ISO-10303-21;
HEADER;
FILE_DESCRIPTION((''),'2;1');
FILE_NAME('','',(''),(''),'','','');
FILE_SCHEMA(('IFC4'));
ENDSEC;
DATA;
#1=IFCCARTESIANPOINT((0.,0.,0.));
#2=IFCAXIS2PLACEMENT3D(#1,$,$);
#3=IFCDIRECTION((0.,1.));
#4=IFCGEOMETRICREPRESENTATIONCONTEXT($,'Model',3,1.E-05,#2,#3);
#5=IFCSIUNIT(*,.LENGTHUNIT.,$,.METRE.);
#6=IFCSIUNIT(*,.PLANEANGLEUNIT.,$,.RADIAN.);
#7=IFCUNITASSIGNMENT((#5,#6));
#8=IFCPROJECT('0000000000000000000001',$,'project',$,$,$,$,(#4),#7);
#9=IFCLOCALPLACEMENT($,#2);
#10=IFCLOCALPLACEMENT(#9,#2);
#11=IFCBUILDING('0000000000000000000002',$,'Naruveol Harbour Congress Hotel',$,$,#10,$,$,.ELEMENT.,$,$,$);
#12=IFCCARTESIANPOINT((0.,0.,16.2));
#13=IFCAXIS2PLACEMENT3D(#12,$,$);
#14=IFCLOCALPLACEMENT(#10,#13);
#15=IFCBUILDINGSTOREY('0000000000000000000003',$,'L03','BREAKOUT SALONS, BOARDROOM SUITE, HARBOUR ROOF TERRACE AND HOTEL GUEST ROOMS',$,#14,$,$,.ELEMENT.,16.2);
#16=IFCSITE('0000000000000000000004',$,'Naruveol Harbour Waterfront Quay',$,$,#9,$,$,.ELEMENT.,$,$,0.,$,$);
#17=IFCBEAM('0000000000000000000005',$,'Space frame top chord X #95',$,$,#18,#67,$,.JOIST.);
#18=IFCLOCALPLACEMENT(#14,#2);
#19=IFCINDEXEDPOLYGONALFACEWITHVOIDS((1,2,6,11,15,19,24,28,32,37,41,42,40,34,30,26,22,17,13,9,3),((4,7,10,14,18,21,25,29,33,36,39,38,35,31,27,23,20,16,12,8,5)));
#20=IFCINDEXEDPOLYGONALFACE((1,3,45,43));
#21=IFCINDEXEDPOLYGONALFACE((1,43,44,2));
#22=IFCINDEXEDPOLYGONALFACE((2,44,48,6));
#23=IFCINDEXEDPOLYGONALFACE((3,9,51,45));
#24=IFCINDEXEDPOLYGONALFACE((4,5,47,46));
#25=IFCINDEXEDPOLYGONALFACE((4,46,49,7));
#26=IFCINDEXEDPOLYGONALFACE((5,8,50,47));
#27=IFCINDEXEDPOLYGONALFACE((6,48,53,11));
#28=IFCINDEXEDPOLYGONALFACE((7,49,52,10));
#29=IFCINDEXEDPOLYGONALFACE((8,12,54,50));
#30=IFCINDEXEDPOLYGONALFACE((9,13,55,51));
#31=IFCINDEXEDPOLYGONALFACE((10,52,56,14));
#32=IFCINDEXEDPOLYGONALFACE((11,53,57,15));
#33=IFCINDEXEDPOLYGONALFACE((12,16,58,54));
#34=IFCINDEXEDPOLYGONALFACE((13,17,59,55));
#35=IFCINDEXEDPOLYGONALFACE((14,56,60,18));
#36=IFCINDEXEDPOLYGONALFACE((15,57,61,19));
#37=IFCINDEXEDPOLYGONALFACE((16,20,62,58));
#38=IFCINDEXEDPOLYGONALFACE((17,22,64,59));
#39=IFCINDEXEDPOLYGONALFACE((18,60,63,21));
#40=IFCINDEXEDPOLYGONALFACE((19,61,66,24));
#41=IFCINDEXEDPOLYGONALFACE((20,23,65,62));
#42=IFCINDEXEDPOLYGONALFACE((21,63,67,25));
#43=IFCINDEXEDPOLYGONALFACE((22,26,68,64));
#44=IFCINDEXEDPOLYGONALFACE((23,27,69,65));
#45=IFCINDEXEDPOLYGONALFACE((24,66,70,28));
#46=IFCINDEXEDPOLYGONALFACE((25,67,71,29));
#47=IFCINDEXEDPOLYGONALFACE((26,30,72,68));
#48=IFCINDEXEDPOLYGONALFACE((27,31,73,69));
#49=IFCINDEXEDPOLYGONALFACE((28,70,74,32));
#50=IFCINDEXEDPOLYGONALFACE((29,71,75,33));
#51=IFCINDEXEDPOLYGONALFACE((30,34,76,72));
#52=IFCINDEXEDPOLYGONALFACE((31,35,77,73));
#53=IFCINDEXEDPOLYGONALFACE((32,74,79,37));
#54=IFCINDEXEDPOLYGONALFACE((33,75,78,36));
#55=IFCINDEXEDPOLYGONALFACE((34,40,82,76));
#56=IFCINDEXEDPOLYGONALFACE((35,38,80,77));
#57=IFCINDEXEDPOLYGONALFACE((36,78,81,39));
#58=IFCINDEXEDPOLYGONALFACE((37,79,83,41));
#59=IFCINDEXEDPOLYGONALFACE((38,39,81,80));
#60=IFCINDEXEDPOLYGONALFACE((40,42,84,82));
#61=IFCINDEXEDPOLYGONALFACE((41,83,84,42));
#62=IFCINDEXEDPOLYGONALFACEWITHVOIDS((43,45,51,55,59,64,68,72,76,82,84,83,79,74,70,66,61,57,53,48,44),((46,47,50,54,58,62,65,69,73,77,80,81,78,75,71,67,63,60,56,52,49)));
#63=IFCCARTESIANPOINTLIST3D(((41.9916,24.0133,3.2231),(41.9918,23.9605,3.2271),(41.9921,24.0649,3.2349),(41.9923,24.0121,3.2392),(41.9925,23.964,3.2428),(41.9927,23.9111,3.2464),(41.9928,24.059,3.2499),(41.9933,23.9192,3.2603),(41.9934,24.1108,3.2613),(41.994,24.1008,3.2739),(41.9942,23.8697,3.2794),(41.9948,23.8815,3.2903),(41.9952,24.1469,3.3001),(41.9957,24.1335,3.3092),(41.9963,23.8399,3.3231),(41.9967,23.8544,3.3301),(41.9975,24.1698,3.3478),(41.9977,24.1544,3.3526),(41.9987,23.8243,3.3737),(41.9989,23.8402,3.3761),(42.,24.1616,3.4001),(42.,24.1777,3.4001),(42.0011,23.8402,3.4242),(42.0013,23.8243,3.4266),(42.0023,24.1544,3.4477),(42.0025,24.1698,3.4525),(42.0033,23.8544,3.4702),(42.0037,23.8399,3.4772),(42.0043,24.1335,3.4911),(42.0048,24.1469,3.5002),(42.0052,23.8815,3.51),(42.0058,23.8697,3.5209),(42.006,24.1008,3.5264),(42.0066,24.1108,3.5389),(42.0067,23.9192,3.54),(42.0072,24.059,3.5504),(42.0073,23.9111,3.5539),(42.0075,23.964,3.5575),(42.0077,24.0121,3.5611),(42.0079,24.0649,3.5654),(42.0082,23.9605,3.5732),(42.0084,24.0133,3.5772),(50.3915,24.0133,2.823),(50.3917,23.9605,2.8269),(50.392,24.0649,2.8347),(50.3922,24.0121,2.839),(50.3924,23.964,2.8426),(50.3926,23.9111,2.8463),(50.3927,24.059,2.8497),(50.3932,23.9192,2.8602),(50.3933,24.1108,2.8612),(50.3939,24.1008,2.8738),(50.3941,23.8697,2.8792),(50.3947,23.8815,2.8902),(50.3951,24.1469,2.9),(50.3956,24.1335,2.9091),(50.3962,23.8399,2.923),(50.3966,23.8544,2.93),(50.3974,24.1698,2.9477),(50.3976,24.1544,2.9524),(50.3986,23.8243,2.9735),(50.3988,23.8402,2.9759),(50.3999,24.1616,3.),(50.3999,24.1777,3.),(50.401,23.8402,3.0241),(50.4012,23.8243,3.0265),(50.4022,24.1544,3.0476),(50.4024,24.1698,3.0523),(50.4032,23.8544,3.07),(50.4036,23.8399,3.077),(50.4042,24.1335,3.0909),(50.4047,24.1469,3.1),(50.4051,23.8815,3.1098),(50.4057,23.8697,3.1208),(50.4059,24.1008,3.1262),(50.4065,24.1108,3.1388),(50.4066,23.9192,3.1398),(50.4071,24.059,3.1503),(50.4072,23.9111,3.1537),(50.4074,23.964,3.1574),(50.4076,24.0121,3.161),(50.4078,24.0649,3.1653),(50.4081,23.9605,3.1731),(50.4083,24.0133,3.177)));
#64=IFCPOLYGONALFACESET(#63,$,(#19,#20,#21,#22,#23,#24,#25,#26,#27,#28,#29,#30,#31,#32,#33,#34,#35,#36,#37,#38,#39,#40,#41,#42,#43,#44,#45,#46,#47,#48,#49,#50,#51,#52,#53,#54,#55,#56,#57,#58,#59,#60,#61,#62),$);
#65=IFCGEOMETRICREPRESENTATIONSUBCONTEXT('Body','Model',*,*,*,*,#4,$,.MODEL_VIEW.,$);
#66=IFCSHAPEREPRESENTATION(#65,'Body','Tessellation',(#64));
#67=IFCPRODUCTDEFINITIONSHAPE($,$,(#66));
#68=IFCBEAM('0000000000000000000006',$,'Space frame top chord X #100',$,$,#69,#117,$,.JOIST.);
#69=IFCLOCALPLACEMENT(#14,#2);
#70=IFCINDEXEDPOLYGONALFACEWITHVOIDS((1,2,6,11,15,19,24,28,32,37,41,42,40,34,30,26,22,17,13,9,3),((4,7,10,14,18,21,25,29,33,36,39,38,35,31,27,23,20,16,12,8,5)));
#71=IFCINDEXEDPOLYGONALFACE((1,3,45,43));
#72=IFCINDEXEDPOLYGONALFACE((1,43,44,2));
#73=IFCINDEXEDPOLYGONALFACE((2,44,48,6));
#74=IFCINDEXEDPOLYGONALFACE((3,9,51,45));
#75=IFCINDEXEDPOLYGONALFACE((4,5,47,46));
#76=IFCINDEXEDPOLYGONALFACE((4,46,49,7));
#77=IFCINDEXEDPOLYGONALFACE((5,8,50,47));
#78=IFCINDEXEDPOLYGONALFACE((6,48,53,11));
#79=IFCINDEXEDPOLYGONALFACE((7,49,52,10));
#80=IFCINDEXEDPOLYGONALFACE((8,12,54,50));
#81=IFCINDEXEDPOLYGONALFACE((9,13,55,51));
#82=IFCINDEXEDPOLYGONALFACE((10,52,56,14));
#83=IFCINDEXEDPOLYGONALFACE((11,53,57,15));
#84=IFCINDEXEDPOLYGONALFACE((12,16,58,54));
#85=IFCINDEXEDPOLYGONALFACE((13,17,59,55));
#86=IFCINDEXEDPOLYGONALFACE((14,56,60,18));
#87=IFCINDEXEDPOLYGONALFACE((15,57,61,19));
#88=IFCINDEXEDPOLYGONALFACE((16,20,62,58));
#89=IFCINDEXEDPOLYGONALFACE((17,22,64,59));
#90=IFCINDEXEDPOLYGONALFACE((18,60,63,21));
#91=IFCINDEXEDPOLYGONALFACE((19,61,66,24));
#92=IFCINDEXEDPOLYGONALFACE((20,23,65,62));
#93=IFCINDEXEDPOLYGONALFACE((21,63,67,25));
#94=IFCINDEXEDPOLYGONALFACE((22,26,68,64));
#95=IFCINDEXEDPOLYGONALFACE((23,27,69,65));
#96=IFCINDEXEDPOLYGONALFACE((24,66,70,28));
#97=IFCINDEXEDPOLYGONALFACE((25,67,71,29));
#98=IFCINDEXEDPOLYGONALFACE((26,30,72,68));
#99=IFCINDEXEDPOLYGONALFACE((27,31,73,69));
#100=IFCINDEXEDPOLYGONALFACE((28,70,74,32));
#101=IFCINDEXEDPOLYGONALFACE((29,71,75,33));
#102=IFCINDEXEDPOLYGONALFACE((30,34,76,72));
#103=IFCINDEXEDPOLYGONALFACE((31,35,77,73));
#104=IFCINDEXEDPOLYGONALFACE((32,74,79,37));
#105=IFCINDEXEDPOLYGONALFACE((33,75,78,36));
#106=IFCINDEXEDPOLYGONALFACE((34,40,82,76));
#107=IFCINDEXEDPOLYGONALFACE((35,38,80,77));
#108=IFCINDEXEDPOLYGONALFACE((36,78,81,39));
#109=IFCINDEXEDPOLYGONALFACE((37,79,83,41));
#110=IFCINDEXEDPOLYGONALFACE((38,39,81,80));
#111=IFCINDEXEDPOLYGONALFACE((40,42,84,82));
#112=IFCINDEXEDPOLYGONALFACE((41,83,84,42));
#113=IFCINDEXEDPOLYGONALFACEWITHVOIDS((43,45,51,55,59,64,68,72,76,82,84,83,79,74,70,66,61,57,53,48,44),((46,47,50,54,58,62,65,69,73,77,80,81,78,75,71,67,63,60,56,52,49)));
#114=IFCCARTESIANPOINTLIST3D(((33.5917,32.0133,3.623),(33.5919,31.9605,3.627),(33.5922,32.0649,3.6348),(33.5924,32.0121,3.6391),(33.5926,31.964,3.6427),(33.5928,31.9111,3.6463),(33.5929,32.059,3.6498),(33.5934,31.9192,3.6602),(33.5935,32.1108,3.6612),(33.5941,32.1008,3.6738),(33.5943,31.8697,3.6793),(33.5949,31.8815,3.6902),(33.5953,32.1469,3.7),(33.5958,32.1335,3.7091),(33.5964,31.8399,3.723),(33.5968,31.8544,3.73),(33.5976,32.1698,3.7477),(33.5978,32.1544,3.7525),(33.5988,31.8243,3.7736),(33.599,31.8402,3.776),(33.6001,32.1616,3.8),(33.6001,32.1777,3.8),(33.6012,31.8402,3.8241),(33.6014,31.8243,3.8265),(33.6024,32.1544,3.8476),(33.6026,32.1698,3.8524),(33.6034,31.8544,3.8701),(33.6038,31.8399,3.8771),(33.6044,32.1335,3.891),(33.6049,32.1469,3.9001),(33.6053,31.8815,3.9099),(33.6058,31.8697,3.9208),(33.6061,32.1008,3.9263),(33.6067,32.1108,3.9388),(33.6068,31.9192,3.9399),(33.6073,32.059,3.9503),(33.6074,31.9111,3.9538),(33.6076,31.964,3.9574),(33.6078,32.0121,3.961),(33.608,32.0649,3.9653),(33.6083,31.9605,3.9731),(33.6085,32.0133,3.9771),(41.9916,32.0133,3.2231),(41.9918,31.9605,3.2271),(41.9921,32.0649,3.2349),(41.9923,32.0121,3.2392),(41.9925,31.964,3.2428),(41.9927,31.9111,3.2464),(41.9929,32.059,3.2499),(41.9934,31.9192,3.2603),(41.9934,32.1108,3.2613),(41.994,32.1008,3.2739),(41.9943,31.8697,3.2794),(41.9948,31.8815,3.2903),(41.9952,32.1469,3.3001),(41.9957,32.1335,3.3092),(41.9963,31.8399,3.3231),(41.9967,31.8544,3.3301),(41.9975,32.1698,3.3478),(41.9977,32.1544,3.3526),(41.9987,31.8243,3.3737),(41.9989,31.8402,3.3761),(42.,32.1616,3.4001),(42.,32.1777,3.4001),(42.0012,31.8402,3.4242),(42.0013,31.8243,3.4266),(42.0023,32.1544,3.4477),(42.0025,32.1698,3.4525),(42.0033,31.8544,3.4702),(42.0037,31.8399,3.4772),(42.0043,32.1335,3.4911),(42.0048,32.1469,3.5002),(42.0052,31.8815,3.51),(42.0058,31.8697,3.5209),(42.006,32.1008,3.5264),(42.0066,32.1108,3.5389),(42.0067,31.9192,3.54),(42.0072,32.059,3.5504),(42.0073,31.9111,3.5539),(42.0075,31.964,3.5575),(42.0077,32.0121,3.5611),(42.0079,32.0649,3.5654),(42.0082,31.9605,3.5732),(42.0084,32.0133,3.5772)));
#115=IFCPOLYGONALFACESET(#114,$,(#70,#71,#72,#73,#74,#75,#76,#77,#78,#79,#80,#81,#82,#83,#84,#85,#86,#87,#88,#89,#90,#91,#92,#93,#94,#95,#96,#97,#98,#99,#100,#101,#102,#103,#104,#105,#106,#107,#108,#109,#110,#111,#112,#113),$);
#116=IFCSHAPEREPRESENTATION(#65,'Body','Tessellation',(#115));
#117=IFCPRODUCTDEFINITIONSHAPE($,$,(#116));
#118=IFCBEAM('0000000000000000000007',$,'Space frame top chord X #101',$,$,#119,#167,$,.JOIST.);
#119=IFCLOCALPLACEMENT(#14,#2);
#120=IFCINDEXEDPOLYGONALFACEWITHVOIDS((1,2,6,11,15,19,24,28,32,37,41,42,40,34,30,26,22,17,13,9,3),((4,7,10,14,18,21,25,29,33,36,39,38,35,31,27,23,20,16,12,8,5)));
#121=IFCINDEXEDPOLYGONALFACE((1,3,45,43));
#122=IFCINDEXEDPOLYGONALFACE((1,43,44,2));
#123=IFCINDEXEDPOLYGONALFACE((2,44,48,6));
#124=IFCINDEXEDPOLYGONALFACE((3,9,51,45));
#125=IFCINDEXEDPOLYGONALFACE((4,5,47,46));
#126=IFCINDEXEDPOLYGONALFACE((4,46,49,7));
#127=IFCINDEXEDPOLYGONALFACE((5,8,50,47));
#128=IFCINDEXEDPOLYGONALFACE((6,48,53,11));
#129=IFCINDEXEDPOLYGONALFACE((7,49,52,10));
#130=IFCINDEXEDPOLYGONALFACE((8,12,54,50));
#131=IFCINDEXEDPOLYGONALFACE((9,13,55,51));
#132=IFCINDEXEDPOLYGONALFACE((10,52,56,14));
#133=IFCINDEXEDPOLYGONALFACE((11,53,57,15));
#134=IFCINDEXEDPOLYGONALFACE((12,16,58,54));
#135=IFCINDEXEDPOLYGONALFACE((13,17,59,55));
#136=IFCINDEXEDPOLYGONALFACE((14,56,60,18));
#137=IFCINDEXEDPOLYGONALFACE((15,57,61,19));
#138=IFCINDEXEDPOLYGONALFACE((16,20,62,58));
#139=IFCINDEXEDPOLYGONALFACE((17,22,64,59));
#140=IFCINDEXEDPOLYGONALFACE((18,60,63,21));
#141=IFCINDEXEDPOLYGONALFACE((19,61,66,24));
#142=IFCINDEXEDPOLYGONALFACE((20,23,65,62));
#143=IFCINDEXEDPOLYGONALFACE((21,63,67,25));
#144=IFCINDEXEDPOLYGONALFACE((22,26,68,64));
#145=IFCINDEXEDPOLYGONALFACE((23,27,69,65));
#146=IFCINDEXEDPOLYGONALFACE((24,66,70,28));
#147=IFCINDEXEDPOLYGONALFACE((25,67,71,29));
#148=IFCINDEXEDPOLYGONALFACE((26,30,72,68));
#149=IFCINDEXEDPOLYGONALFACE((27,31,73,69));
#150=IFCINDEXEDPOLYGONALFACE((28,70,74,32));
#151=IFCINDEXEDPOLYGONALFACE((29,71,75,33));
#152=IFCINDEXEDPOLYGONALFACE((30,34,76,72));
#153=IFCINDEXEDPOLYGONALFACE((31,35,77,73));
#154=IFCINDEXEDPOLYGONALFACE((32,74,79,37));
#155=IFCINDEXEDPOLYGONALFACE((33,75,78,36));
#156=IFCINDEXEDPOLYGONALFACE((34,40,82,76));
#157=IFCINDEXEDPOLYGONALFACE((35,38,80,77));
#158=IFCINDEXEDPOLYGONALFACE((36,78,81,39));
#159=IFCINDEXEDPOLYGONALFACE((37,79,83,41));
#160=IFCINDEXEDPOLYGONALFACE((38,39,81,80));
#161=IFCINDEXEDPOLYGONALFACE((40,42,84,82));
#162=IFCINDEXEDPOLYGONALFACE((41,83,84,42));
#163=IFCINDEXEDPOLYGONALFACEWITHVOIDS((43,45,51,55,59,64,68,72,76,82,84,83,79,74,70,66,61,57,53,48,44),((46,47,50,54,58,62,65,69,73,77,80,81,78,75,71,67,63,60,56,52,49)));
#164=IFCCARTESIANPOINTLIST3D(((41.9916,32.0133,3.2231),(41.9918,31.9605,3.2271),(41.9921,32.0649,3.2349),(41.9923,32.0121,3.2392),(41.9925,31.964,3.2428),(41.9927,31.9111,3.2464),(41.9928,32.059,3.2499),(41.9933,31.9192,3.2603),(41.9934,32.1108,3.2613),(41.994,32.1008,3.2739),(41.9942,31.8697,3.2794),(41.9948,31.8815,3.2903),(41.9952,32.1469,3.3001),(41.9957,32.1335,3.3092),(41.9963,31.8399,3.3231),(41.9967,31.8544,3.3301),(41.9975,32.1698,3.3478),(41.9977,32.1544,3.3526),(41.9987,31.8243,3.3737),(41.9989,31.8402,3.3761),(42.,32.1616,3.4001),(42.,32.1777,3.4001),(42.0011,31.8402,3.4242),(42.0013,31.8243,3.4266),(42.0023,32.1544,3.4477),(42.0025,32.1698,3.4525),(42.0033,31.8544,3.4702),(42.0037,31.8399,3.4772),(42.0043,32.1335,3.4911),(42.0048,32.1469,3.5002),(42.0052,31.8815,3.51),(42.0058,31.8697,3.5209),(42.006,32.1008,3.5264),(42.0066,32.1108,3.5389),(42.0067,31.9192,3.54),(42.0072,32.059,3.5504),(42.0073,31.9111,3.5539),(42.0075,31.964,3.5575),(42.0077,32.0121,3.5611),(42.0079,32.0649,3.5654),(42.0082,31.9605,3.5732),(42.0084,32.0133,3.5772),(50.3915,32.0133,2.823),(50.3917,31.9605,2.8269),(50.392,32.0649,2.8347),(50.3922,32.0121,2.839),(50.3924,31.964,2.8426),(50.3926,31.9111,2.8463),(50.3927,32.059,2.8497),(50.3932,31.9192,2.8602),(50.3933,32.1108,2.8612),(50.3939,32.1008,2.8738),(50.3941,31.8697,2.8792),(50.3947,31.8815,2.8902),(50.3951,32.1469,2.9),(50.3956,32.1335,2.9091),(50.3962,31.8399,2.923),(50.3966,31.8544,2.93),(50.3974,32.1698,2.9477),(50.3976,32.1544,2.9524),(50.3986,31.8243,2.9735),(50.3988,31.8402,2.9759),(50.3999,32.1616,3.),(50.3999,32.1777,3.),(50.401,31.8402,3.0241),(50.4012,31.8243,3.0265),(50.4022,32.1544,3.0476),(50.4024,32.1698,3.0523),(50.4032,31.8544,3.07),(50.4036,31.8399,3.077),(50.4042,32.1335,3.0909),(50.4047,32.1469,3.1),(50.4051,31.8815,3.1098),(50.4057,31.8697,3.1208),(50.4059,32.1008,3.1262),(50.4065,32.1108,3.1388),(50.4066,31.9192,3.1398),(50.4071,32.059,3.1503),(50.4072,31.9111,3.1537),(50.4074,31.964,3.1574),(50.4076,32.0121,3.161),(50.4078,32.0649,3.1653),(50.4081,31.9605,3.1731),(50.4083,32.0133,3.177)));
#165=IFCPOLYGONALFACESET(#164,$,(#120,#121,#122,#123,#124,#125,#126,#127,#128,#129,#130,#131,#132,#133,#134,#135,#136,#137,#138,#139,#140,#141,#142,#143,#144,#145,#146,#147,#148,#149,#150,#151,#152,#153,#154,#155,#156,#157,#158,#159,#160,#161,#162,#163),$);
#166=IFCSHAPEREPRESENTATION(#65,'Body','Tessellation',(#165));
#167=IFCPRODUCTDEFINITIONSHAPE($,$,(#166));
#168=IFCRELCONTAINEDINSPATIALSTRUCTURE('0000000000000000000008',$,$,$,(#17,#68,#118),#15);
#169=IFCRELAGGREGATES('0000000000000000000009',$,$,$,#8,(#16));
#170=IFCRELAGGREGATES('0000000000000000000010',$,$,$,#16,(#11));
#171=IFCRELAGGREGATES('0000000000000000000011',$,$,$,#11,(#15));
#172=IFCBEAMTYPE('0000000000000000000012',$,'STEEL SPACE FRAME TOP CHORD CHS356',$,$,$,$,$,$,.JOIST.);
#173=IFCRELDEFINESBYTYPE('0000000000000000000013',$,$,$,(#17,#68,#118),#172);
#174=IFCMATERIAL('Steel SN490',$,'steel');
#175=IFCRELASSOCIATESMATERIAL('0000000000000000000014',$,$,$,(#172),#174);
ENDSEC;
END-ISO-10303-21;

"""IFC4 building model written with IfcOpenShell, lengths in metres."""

from ifc_helpers import new_model, si_unit, direction, frame, origin, origin_2d, place, context, subcontext, project, spatial, hollow_circle, extrude, material, material_profile, profile_set, type_object, element, save


model = new_model("IFC4")

# Units and contexts
model_context = context("Model", 3, precision=1e-05, world=origin(), true_north=direction((0.0, 1.0)))
body_context = subcontext(model_context, "Body", "Model", "MODEL_VIEW")
ifc_project = project(units=[si_unit("LENGTHUNIT", "METRE"), si_unit("PLANEANGLEUNIT", "RADIAN")], contexts=[model_context])

# Site, building, storey
site_placement = place(None, origin())
site = spatial("IfcSite", under=ifc_project, at=site_placement, Name="Naruveol Harbour Waterfront Quay", CompositionType="ELEMENT", RefElevation=0.0)
building_placement = place(site_placement, origin())
building = spatial("IfcBuilding", under=site, at=building_placement, Name="Naruveol Harbour Congress Hotel", CompositionType="ELEMENT")
storey_placement = place(building_placement, frame((0.0, 0.0, 16.2)))
storey = spatial("IfcBuildingStorey", under=building, at=storey_placement, Name="L03", Description="BREAKOUT SALONS, BOARDROOM SUITE, HARBOUR ROOF TERRACE AND HOTEL GUEST ROOMS", CompositionType="ELEMENT", Elevation=16.2)

# Beams
ifc_material_1 = material(Name="Steel SN490", Category="steel")
ifc_material_profile_1 = material_profile(ifc_material_1, hollow_circle(Radius=0.1777, WallThickness=0.0161, at=origin_2d()), Name="CHS-355.6x16")
ifc_profile_set_1 = profile_set([ifc_material_profile_1], Name="Steel SN490")
beam_type_1 = type_object("IfcBeamType", Name="STEEL SPACE FRAME TOP CHORD CHS356", PredefinedType="JOIST", material=ifc_profile_set_1)
for number, where, z_axis, x_axis, name in (
    (1, (42.0, 24.0, 3.4001), (0.998867, 0.0, -0.047583), (0.0, 1.0, 0.0), "Space frame top chord X #95"),
    (2, (33.6001, 32.0, 3.8), (0.998869, 0.0, -0.047554), (0.0, 1.0, 0.0), "Space frame top chord X #100"),
    (3, (42.0, 32.0, 3.4001), (0.998867, 0.0, -0.047583), (0.0, 1.0, 0.0), "Space frame top chord X #101"),
):
    element("IfcBeam", number, at=place(storey_placement, frame(where, z_axis=z_axis, x_axis=x_axis)), inside=storey, type_object=beam_type_1, Name=name, PredefinedType="JOIST", context=body_context, shape_type="SweptSolid", body=[
        extrude(hollow_circle(Radius=0.1777, WallThickness=0.0161, at=origin_2d()), origin(), (0.0, 0.0, 1.0), 8.4094),
    ])

save(model, "model.ifc")
